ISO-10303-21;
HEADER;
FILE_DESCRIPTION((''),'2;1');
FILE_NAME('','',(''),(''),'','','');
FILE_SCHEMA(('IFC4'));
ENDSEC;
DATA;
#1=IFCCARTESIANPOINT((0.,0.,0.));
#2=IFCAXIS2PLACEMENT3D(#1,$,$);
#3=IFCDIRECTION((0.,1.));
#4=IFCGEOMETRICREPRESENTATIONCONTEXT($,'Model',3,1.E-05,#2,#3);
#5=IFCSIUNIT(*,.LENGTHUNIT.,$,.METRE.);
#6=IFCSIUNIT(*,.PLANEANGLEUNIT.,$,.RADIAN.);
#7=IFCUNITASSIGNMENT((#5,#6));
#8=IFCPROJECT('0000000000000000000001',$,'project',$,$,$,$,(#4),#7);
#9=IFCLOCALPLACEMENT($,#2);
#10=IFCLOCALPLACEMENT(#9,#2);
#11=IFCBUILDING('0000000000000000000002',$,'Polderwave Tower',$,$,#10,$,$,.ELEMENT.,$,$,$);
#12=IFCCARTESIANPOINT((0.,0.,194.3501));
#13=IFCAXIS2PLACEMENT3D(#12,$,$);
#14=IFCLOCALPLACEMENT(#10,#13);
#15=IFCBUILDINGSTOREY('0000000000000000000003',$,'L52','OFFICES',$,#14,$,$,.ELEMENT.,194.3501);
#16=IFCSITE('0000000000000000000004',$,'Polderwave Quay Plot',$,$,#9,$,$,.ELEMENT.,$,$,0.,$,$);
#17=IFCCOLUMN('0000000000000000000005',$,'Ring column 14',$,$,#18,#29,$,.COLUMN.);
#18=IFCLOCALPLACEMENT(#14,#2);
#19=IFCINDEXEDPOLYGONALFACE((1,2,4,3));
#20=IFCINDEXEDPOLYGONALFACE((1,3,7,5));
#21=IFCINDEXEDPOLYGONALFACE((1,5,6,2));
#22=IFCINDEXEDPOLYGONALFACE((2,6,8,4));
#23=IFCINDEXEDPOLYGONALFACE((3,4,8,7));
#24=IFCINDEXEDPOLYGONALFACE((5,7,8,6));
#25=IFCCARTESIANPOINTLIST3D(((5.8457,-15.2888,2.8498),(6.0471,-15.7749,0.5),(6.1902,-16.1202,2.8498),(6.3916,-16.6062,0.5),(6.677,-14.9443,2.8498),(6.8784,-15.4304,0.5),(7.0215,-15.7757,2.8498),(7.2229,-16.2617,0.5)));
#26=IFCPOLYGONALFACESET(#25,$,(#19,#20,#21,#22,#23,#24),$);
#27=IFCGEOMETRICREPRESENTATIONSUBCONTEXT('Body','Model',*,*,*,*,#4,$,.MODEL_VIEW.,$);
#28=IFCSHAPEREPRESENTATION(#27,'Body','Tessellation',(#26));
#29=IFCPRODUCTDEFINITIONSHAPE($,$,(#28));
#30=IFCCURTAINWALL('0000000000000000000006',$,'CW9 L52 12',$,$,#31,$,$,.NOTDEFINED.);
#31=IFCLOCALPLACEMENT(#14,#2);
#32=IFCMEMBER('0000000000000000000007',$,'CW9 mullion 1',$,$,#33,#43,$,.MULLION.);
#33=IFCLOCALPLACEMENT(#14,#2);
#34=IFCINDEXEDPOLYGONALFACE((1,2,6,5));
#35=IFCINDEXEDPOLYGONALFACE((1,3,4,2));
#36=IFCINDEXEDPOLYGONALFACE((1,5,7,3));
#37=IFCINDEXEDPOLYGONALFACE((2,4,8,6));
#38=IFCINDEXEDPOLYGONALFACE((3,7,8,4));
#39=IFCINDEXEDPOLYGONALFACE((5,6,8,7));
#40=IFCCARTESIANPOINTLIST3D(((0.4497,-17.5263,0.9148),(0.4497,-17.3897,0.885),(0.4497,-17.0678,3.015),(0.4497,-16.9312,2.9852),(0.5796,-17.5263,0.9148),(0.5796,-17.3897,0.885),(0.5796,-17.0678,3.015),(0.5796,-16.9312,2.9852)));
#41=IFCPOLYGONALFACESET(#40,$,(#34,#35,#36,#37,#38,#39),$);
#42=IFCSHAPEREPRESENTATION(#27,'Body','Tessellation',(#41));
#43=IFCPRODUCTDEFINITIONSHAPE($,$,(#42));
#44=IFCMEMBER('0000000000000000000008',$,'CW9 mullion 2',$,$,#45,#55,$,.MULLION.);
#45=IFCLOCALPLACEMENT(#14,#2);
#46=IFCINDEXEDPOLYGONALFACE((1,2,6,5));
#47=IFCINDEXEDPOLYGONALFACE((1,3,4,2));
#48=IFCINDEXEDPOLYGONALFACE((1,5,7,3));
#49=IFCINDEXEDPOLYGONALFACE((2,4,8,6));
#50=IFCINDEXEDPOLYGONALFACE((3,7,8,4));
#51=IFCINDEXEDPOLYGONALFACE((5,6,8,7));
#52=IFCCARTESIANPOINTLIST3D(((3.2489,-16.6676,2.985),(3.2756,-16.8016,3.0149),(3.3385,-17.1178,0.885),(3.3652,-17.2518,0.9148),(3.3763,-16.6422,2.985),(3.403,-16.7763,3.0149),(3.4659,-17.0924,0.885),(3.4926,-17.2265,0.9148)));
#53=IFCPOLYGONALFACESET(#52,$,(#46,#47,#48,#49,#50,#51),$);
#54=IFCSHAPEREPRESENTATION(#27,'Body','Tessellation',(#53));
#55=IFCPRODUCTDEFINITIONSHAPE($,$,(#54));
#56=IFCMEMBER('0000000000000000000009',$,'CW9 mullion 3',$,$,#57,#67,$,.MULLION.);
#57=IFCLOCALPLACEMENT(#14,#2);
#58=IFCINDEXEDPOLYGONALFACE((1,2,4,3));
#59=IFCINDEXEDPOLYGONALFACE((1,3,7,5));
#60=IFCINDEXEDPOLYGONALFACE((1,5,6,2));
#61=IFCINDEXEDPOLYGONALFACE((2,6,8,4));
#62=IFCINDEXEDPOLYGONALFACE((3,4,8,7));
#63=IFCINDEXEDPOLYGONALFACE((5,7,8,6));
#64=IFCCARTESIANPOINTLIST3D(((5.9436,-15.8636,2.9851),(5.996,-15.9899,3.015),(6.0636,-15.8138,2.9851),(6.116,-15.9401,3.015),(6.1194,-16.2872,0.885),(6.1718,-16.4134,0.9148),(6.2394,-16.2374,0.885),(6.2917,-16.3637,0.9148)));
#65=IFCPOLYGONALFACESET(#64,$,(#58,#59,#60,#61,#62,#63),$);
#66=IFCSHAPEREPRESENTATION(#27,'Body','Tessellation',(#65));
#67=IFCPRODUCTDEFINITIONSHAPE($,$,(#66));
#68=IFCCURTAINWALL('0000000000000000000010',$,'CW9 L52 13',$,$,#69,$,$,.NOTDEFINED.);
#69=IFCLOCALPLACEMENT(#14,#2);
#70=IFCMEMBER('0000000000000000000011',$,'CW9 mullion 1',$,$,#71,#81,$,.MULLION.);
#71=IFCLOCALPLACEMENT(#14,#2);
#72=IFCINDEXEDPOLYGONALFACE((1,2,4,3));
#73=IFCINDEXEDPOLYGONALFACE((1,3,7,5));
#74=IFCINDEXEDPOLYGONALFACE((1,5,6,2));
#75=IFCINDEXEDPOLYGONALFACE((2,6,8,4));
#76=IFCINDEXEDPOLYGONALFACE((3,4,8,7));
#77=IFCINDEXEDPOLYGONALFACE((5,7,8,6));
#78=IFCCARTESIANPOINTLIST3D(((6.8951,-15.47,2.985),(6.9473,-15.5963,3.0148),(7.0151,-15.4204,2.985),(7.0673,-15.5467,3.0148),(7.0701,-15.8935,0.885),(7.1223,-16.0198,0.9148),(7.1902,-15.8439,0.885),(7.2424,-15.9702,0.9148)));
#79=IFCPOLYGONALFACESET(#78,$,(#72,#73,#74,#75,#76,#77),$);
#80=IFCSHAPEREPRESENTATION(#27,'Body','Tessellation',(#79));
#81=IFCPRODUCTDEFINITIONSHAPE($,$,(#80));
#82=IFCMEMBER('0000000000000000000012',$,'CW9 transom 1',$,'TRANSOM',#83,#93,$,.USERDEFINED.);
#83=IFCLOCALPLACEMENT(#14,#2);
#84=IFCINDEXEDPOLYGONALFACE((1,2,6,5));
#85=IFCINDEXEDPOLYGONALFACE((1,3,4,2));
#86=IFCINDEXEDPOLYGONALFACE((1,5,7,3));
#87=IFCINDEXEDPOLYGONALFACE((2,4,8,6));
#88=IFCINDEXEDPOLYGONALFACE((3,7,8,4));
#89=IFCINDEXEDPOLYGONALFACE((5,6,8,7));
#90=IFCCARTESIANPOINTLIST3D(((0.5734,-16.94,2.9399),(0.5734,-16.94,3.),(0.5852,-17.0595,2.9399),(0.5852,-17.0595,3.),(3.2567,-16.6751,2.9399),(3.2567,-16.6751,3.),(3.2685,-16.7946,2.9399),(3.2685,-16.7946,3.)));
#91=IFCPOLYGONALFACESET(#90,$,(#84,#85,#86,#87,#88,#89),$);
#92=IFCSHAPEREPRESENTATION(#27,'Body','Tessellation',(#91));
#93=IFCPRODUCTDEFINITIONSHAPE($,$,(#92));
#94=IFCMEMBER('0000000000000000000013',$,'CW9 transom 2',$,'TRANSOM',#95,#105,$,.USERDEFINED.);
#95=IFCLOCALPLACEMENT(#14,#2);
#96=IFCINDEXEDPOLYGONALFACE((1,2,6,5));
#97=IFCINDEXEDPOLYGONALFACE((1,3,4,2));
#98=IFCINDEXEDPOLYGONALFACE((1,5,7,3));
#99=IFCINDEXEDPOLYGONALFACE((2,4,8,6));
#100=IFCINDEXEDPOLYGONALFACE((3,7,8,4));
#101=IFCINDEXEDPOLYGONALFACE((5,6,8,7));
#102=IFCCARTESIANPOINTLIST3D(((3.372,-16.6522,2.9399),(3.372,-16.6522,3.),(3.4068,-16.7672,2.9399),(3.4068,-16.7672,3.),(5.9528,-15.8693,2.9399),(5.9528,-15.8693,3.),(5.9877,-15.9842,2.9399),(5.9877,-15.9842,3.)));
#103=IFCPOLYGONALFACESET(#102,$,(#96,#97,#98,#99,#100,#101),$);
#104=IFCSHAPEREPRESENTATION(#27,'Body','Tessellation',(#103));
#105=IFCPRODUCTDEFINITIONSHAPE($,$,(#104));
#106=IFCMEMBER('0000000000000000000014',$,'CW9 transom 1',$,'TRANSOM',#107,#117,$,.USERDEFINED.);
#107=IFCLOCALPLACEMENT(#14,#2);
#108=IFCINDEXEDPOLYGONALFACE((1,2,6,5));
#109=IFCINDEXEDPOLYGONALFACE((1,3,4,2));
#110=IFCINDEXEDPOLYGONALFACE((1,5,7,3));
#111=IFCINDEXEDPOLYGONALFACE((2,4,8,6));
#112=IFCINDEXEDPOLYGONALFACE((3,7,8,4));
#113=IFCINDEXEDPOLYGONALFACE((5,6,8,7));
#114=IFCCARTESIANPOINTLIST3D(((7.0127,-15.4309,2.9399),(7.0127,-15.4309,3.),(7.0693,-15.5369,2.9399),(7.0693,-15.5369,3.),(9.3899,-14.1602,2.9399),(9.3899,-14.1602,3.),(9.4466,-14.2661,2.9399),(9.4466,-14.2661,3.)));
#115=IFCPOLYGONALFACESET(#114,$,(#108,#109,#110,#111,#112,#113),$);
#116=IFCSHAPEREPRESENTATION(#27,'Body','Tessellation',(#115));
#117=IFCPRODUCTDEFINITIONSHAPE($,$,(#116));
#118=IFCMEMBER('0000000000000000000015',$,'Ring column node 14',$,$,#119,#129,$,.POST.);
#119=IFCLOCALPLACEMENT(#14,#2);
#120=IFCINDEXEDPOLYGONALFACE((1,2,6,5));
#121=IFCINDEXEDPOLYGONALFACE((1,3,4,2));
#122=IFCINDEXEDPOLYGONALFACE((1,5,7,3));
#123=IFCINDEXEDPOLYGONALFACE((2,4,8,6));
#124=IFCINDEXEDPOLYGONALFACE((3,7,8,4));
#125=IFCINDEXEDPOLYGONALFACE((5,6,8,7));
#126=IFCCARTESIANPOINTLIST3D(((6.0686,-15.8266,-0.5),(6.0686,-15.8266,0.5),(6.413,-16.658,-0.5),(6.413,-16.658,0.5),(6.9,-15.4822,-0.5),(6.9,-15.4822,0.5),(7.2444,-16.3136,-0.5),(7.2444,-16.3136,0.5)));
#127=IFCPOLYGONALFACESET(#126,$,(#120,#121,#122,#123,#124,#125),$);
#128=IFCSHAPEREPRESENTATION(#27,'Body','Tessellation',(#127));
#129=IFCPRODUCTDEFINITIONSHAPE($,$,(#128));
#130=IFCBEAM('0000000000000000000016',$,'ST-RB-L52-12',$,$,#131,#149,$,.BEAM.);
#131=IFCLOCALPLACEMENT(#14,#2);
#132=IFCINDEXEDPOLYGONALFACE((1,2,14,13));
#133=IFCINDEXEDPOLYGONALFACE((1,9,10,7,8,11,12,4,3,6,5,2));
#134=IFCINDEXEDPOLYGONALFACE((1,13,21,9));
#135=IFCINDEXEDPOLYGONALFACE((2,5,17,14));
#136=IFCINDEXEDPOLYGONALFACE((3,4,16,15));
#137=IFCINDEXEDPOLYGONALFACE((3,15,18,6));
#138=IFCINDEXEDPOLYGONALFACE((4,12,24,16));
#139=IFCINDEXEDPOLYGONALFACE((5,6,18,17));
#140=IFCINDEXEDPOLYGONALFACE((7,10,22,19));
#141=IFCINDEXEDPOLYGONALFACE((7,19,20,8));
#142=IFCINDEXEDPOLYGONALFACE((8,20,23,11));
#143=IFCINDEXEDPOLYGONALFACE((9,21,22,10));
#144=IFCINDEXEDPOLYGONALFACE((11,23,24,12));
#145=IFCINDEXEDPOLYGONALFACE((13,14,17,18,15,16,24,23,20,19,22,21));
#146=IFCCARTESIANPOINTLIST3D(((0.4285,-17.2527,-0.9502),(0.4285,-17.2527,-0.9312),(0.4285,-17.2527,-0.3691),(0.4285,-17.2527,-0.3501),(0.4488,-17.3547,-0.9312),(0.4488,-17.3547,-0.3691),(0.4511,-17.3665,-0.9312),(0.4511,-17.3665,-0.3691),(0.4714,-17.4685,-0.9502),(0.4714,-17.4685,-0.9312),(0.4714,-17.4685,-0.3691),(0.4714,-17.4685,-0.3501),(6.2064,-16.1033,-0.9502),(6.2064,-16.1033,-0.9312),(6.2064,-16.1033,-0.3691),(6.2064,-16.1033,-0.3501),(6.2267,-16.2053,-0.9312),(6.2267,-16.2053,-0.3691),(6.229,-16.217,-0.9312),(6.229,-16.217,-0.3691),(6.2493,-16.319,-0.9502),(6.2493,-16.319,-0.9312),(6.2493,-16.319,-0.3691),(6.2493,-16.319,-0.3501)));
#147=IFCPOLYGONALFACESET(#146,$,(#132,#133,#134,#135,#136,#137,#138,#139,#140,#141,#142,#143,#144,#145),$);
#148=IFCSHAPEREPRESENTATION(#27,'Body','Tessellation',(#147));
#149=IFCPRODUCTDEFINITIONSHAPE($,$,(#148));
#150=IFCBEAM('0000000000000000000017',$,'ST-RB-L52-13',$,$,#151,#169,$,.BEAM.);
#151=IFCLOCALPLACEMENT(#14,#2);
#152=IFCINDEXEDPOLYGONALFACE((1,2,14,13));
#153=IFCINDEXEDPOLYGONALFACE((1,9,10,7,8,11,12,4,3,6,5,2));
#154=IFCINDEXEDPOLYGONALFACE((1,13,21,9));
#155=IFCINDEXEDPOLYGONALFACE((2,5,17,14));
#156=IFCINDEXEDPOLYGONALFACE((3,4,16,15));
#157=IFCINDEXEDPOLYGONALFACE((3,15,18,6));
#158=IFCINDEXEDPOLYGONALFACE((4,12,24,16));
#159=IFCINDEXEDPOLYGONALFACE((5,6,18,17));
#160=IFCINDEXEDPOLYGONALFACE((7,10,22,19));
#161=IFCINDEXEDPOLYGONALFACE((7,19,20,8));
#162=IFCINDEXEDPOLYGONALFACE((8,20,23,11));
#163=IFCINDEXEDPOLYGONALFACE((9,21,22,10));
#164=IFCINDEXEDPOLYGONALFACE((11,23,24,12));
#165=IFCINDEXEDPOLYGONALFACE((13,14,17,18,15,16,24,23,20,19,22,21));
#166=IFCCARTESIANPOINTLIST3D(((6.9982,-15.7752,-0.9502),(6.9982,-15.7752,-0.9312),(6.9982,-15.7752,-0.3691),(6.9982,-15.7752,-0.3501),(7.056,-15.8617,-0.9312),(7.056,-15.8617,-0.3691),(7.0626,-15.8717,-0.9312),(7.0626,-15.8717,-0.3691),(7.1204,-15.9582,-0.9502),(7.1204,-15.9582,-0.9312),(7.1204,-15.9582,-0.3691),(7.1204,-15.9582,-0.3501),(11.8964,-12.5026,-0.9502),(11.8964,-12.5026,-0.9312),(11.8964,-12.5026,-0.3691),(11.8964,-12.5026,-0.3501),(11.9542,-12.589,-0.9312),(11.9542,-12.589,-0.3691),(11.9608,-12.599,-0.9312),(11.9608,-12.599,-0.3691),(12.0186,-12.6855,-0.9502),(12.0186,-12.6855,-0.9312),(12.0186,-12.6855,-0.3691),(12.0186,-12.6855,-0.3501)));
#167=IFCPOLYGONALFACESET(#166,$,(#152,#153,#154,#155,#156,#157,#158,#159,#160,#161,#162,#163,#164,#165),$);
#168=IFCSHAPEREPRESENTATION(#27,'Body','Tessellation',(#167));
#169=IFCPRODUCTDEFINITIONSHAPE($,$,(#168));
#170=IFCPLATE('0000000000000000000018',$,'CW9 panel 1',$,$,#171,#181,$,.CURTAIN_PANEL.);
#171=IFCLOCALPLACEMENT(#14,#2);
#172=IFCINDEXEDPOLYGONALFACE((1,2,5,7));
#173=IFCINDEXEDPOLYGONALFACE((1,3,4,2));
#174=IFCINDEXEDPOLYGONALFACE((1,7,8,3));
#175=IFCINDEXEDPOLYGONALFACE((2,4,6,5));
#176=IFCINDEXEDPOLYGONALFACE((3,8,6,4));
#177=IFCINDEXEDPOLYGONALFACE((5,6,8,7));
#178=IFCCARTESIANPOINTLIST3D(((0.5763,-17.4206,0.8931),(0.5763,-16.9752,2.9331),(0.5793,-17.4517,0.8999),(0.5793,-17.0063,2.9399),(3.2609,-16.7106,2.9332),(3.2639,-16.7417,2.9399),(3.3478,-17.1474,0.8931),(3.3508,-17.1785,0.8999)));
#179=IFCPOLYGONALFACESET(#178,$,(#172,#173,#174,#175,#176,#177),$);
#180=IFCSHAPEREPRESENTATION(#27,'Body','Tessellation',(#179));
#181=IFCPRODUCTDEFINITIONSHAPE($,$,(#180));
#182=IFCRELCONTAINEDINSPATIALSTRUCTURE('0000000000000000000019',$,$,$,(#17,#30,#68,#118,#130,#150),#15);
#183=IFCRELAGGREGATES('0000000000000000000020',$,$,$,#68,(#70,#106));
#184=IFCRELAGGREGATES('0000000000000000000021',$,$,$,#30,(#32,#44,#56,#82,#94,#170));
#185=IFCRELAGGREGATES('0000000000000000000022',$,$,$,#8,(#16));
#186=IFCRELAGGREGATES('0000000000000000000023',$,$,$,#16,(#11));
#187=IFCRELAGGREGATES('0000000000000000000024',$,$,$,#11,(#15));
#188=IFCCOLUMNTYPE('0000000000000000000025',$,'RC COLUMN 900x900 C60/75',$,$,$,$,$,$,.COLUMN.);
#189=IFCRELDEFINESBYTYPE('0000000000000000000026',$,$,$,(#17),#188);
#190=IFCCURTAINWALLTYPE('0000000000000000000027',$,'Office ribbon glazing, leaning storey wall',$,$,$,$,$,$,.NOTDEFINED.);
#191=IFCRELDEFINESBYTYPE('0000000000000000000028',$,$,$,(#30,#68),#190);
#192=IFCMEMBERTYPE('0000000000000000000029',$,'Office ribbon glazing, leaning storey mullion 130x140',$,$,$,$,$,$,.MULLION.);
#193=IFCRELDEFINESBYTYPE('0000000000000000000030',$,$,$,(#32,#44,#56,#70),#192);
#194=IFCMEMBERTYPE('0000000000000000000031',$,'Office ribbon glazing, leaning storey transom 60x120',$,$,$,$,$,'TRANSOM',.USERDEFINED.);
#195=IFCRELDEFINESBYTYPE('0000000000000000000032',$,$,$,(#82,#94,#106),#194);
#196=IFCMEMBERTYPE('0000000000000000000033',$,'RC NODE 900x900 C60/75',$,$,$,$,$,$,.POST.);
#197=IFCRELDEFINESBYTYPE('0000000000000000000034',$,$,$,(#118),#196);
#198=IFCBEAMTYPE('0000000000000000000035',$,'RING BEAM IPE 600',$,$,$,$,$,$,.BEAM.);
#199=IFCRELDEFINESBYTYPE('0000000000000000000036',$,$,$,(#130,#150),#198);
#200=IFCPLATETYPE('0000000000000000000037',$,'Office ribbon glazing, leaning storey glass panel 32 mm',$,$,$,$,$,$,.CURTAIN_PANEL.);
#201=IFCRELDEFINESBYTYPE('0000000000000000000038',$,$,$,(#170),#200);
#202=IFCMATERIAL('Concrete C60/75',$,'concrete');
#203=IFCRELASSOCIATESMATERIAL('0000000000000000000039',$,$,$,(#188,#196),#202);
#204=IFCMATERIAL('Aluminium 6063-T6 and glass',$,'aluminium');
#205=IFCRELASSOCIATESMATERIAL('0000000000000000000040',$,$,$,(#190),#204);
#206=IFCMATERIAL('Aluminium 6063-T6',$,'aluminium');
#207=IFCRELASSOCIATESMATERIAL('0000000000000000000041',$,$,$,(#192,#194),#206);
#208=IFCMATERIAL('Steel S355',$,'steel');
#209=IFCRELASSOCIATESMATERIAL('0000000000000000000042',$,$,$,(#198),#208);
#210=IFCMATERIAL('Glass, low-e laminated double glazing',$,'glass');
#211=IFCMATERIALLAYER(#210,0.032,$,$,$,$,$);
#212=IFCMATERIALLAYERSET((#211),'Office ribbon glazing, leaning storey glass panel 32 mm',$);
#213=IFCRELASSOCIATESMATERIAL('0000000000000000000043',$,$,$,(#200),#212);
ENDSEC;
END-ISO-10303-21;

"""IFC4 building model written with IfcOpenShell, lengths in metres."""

from ifc_helpers import new_model, si_unit, direction, frame, origin, origin_2d, place, context, subcontext, project, spatial, polyline, rectangle, i_section, outline, extrude, material, layer, layer_set, material_profile, profile_set, type_object, element, aggregate, save


model = new_model("IFC4")

# Units and contexts
model_context = context("Model", 3, precision=1e-05, world=origin(), true_north=direction((0.0, 1.0)))
body_context = subcontext(model_context, "Body", "Model", "MODEL_VIEW")
ifc_project = project(units=[si_unit("LENGTHUNIT", "METRE"), si_unit("PLANEANGLEUNIT", "RADIAN")], contexts=[model_context])

# Site, building, storey
site_placement = place(None, origin())
site = spatial("IfcSite", under=ifc_project, at=site_placement, Name="Polderwave Quay Plot", CompositionType="ELEMENT", RefElevation=0.0)
building_placement = place(site_placement, origin())
building = spatial("IfcBuilding", under=site, at=building_placement, Name="Polderwave Tower", CompositionType="ELEMENT")
storey_placement = place(building_placement, frame((0.0, 0.0, 194.3501)))
storey = spatial("IfcBuildingStorey", under=building, at=storey_placement, Name="L52", Description="OFFICES", CompositionType="ELEMENT", Elevation=194.3501)

# Column
ifc_material_1 = material(Name="Concrete C60/75", Category="concrete")
ifc_material_profile_1 = material_profile(ifc_material_1, rectangle(XDim=0.8999, YDim=0.8999, at=origin_2d()), Name="RC 900x900")
ifc_profile_set_1 = profile_set([ifc_material_profile_1], Name="Concrete C60/75")
column_type = type_object("IfcColumnType", Name="RC COLUMN 900x900 C60/75", PredefinedType="COLUMN", material=ifc_profile_set_1)
column_placement = place(storey_placement, frame((6.635, -16.0183, 0.5), z_axis=(0.0, 0.0, 1.0), x_axis=(-0.92383, -0.382803, 0.0)))
element("IfcColumn", 1, at=column_placement, inside=storey, type_object=column_type, Name="Ring column 14", PredefinedType="COLUMN", context=body_context, shape_type="SweptSolid", body=[
    extrude(rectangle(XDim=0.8999, YDim=0.8999, at=origin_2d()), origin(), (0.0, -0.218502, 0.975836), 2.408),
])

# Curtain wall, members
ifc_material_2 = material(Name="Aluminium 6063-T6 and glass", Category="aluminium")
curtain_wall_type = type_object("IfcCurtainWallType", Name="Office ribbon glazing, leaning storey wall", PredefinedType="NOTDEFINED", material=ifc_material_2)
curtain_wall_1_placement = place(storey_placement, origin())
curtain_wall_1 = element("IfcCurtainWall", 2, at=curtain_wall_1_placement, inside=storey, type_object=curtain_wall_type, Name="CW9 L52 12", PredefinedType="NOTDEFINED")
ifc_material_3 = material(Name="Aluminium 6063-T6", Category="aluminium")
ifc_material_profile_2 = material_profile(ifc_material_3, rectangle(XDim=0.1299, YDim=0.1399, at=origin_2d()), Name="AL 130x140")
ifc_profile_set_2 = profile_set([ifc_material_profile_2], Name="Aluminium 6063-T6")
member_type_1 = type_object("IfcMemberType", Name="Office ribbon glazing, leaning storey mullion 130x140", PredefinedType="MULLION", material=ifc_profile_set_2)
member_1_placement = place(storey_placement, frame((0.5146, -17.458, 0.8999), z_axis=(0.0, 0.213297, 0.976987), x_axis=(-1.0, 0.0, 0.0)))
member_1 = element("IfcMember", 3, at=member_1_placement, type_object=member_type_1, Name="CW9 mullion 1", PredefinedType="MULLION", context=body_context, shape_type="SweptSolid", body=[
    extrude(rectangle(XDim=0.1299, YDim=0.1399, at=origin_2d()), origin(), (0.0, 0.0, 1.0), 2.1497),
])
member_2_placement = place(storey_placement, frame((3.4155, -17.1721, 0.8999), z_axis=(-0.04168, 0.209425, 0.976936), x_axis=(-0.980764, -0.195196, 0.0)))
member_2 = element("IfcMember", 4, at=member_2_placement, type_object=member_type_1, Name="CW9 mullion 2", PredefinedType="MULLION", context=body_context, shape_type="SweptSolid", body=[
    extrude(rectangle(XDim=0.1299, YDim=0.1399, at=origin_2d()), origin(), (0.0, 0.0, 1.0), 2.1497),
])
member_3_placement = place(storey_placement, frame((6.2056, -16.3254, 0.8999), z_axis=(-0.081774, 0.197053, 0.976976), x_axis=(-0.923627, -0.383292, 0.0)))
member_3 = element("IfcMember", 5, at=member_3_placement, type_object=member_type_1, Name="CW9 mullion 3", PredefinedType="MULLION", context=body_context, shape_type="SweptSolid", body=[
    extrude(rectangle(XDim=0.1299, YDim=0.1399, at=origin_2d()), origin(), (0.0, 0.0, 1.0), 2.1497),
])

# Curtain wall, member
curtain_wall_2_placement = place(storey_placement, origin())
curtain_wall_2 = element("IfcCurtainWall", 6, at=curtain_wall_2_placement, inside=storey, type_object=curtain_wall_type, Name="CW9 L52 13", PredefinedType="NOTDEFINED")
member_4_placement = place(storey_placement, frame((7.1562, -15.9319, 0.8999), z_axis=(-0.081436, 0.197059, 0.977004), x_axis=(-0.924192, -0.381928, 0.0)))
member_4 = element("IfcMember", 7, at=member_4_placement, type_object=member_type_1, Name="CW9 mullion 1", PredefinedType="MULLION", context=body_context, shape_type="SweptSolid", body=[
    extrude(rectangle(XDim=0.1299, YDim=0.1399, at=origin_2d()), origin(), (0.0, 0.0, 1.0), 2.1494),
])

# Members
ifc_material_profile_3 = material_profile(ifc_material_3, rectangle(XDim=0.1201, YDim=0.0601, at=origin_2d()), Name="AL 60x120")
ifc_profile_set_3 = profile_set([ifc_material_profile_3], Name="Aluminium 6063-T6")
member_type_2 = type_object("IfcMemberType", Name="Office ribbon glazing, leaning storey transom 60x120", ElementType="TRANSOM", PredefinedType="USERDEFINED", material=ifc_profile_set_3)
member_5_placement = place(storey_placement, frame((0.5793, -16.9998, 2.97), z_axis=(0.995163, 0.09824, 0.0), x_axis=(-0.09824, 0.995163, 0.0)))
member_5 = element("IfcMember", 8, at=member_5_placement, type_object=member_type_2, Name="CW9 transom 1", ObjectType="TRANSOM", PredefinedType="USERDEFINED", context=body_context, shape_type="SweptSolid", body=[
    extrude(rectangle(XDim=0.1201, YDim=0.0601, at=origin_2d()), origin(), (0.0, 0.0, 1.0), 2.6963),
])
member_6_placement = place(storey_placement, frame((3.3894, -16.7097, 2.97), z_axis=(0.956932, 0.290311, 0.0), x_axis=(-0.290311, 0.956932, 0.0)))
member_6 = element("IfcMember", 9, at=member_6_placement, type_object=member_type_2, Name="CW9 transom 2", ObjectType="TRANSOM", PredefinedType="USERDEFINED", context=body_context, shape_type="SweptSolid", body=[
    extrude(rectangle(XDim=0.1201, YDim=0.0601, at=origin_2d()), origin(), (0.0, 0.0, 1.0), 2.697),
])
member_7_placement = place(storey_placement, frame((7.041, -15.4839, 2.97), z_axis=(0.881904, 0.471429, 0.0), x_axis=(-0.471429, 0.881904, 0.0)))
member_7 = element("IfcMember", 10, at=member_7_placement, type_object=member_type_2, Name="CW9 transom 1", ObjectType="TRANSOM", PredefinedType="USERDEFINED", context=body_context, shape_type="SweptSolid", body=[
    extrude(rectangle(XDim=0.1201, YDim=0.0601, at=origin_2d()), origin(), (0.0, 0.0, 1.0), 2.6956),
])
aggregate(curtain_wall_2, [member_4, member_7])
ifc_material_profile_4 = material_profile(ifc_material_1, rectangle(XDim=0.8999, YDim=0.8999, at=origin_2d()), Name="RC 900x900")
ifc_profile_set_4 = profile_set([ifc_material_profile_4], Name="Concrete C60/75")
member_type_3 = type_object("IfcMemberType", Name="RC NODE 900x900 C60/75", PredefinedType="POST", material=ifc_profile_set_4)
member_8_placement = place(storey_placement, frame((6.6565, -16.0701, -0.5), z_axis=(0.0, 0.0, 1.0), x_axis=(0.382683, -0.92388, 0.0)))
element("IfcMember", 11, at=member_8_placement, inside=storey, type_object=member_type_3, Name="Ring column node 14", PredefinedType="POST", context=body_context, shape_type="SweptSolid", body=[
    extrude(rectangle(XDim=0.8999, YDim=0.8999, at=origin_2d()), origin(), (0.0, 0.0, 1.0), 1.0),
])

# Beams
ifc_material_4 = material(Name="Steel S355", Category="steel")
ifc_material_profile_5 = material_profile(ifc_material_4, i_section(OverallWidth=0.22, OverallDepth=0.6001, WebThickness=0.012, FlangeThickness=0.019, at=origin_2d()), Name="IPE 600")
ifc_profile_set_5 = profile_set([ifc_material_profile_5], Name="Steel S355")
beam_type = type_object("IfcBeamType", Name="RING BEAM IPE 600", PredefinedType="BEAM", material=ifc_profile_set_5)
beam_1_placement = place(storey_placement, frame((0.45, -17.3606, -0.6501), z_axis=(0.980781, 0.195112, 0.0), x_axis=(-0.195112, 0.980781, 0.0)))
element("IfcBeam", 12, at=beam_1_placement, inside=storey, type_object=beam_type, Name="ST-RB-L52-12", PredefinedType="BEAM", context=body_context, shape_type="SweptSolid", body=[
    extrude(i_section(OverallWidth=0.22, OverallDepth=0.6001, WebThickness=0.012, FlangeThickness=0.019, at=origin_2d()), origin(), (0.0, 0.0, 1.0), 5.8911),
])
beam_2_placement = place(storey_placement, frame((7.0593, -15.8667, -0.6501), z_axis=(0.831482, 0.555551, 0.0), x_axis=(-0.555551, 0.831482, 0.0)))
element("IfcBeam", 13, at=beam_2_placement, inside=storey, type_object=beam_type, Name="ST-RB-L52-13", PredefinedType="BEAM", context=body_context, shape_type="SweptSolid", body=[
    extrude(i_section(OverallWidth=0.22, OverallDepth=0.6001, WebThickness=0.012, FlangeThickness=0.019, at=origin_2d()), origin(), (0.0, 0.0, 1.0), 5.8909),
])

# Plate
ifc_material_5 = material(Name="Glass, low-e laminated double glazing", Category="glass")
ifc_layer_1 = layer(ifc_material_5, 0.032)
ifc_layer_set_1 = layer_set([ifc_layer_1], Name="Office ribbon glazing, leaning storey glass panel 32 mm")
plate_type = type_object("IfcPlateType", Name="Office ribbon glazing, leaning storey glass panel 32 mm", PredefinedType="CURTAIN_PANEL", material=ifc_layer_set_1)
plate_1_placement = place(storey_placement, frame((0.5793, -17.4517, 0.8999), z_axis=(0.095866, -0.972494, 0.212287), x_axis=(0.995176, 0.098101, -0.000001)))
plate_1 = element("IfcPlate", 14, at=plate_1_placement, type_object=plate_type, Name="CW9 panel 1", PredefinedType="CURTAIN_PANEL", context=body_context, shape_type="SweptSolid", body=[
    extrude(outline(polyline([(0.0, 0.0), (2.7849, 0.0), (2.7413, 2.0876), (0.0437, 2.0876), (0.0, 0.0)])), origin(), (0.0, 0.0, -1.0), 0.032),
])
aggregate(curtain_wall_1, [member_1, member_2, member_3, member_5, member_6, plate_1])

save(model, "model.ifc")
